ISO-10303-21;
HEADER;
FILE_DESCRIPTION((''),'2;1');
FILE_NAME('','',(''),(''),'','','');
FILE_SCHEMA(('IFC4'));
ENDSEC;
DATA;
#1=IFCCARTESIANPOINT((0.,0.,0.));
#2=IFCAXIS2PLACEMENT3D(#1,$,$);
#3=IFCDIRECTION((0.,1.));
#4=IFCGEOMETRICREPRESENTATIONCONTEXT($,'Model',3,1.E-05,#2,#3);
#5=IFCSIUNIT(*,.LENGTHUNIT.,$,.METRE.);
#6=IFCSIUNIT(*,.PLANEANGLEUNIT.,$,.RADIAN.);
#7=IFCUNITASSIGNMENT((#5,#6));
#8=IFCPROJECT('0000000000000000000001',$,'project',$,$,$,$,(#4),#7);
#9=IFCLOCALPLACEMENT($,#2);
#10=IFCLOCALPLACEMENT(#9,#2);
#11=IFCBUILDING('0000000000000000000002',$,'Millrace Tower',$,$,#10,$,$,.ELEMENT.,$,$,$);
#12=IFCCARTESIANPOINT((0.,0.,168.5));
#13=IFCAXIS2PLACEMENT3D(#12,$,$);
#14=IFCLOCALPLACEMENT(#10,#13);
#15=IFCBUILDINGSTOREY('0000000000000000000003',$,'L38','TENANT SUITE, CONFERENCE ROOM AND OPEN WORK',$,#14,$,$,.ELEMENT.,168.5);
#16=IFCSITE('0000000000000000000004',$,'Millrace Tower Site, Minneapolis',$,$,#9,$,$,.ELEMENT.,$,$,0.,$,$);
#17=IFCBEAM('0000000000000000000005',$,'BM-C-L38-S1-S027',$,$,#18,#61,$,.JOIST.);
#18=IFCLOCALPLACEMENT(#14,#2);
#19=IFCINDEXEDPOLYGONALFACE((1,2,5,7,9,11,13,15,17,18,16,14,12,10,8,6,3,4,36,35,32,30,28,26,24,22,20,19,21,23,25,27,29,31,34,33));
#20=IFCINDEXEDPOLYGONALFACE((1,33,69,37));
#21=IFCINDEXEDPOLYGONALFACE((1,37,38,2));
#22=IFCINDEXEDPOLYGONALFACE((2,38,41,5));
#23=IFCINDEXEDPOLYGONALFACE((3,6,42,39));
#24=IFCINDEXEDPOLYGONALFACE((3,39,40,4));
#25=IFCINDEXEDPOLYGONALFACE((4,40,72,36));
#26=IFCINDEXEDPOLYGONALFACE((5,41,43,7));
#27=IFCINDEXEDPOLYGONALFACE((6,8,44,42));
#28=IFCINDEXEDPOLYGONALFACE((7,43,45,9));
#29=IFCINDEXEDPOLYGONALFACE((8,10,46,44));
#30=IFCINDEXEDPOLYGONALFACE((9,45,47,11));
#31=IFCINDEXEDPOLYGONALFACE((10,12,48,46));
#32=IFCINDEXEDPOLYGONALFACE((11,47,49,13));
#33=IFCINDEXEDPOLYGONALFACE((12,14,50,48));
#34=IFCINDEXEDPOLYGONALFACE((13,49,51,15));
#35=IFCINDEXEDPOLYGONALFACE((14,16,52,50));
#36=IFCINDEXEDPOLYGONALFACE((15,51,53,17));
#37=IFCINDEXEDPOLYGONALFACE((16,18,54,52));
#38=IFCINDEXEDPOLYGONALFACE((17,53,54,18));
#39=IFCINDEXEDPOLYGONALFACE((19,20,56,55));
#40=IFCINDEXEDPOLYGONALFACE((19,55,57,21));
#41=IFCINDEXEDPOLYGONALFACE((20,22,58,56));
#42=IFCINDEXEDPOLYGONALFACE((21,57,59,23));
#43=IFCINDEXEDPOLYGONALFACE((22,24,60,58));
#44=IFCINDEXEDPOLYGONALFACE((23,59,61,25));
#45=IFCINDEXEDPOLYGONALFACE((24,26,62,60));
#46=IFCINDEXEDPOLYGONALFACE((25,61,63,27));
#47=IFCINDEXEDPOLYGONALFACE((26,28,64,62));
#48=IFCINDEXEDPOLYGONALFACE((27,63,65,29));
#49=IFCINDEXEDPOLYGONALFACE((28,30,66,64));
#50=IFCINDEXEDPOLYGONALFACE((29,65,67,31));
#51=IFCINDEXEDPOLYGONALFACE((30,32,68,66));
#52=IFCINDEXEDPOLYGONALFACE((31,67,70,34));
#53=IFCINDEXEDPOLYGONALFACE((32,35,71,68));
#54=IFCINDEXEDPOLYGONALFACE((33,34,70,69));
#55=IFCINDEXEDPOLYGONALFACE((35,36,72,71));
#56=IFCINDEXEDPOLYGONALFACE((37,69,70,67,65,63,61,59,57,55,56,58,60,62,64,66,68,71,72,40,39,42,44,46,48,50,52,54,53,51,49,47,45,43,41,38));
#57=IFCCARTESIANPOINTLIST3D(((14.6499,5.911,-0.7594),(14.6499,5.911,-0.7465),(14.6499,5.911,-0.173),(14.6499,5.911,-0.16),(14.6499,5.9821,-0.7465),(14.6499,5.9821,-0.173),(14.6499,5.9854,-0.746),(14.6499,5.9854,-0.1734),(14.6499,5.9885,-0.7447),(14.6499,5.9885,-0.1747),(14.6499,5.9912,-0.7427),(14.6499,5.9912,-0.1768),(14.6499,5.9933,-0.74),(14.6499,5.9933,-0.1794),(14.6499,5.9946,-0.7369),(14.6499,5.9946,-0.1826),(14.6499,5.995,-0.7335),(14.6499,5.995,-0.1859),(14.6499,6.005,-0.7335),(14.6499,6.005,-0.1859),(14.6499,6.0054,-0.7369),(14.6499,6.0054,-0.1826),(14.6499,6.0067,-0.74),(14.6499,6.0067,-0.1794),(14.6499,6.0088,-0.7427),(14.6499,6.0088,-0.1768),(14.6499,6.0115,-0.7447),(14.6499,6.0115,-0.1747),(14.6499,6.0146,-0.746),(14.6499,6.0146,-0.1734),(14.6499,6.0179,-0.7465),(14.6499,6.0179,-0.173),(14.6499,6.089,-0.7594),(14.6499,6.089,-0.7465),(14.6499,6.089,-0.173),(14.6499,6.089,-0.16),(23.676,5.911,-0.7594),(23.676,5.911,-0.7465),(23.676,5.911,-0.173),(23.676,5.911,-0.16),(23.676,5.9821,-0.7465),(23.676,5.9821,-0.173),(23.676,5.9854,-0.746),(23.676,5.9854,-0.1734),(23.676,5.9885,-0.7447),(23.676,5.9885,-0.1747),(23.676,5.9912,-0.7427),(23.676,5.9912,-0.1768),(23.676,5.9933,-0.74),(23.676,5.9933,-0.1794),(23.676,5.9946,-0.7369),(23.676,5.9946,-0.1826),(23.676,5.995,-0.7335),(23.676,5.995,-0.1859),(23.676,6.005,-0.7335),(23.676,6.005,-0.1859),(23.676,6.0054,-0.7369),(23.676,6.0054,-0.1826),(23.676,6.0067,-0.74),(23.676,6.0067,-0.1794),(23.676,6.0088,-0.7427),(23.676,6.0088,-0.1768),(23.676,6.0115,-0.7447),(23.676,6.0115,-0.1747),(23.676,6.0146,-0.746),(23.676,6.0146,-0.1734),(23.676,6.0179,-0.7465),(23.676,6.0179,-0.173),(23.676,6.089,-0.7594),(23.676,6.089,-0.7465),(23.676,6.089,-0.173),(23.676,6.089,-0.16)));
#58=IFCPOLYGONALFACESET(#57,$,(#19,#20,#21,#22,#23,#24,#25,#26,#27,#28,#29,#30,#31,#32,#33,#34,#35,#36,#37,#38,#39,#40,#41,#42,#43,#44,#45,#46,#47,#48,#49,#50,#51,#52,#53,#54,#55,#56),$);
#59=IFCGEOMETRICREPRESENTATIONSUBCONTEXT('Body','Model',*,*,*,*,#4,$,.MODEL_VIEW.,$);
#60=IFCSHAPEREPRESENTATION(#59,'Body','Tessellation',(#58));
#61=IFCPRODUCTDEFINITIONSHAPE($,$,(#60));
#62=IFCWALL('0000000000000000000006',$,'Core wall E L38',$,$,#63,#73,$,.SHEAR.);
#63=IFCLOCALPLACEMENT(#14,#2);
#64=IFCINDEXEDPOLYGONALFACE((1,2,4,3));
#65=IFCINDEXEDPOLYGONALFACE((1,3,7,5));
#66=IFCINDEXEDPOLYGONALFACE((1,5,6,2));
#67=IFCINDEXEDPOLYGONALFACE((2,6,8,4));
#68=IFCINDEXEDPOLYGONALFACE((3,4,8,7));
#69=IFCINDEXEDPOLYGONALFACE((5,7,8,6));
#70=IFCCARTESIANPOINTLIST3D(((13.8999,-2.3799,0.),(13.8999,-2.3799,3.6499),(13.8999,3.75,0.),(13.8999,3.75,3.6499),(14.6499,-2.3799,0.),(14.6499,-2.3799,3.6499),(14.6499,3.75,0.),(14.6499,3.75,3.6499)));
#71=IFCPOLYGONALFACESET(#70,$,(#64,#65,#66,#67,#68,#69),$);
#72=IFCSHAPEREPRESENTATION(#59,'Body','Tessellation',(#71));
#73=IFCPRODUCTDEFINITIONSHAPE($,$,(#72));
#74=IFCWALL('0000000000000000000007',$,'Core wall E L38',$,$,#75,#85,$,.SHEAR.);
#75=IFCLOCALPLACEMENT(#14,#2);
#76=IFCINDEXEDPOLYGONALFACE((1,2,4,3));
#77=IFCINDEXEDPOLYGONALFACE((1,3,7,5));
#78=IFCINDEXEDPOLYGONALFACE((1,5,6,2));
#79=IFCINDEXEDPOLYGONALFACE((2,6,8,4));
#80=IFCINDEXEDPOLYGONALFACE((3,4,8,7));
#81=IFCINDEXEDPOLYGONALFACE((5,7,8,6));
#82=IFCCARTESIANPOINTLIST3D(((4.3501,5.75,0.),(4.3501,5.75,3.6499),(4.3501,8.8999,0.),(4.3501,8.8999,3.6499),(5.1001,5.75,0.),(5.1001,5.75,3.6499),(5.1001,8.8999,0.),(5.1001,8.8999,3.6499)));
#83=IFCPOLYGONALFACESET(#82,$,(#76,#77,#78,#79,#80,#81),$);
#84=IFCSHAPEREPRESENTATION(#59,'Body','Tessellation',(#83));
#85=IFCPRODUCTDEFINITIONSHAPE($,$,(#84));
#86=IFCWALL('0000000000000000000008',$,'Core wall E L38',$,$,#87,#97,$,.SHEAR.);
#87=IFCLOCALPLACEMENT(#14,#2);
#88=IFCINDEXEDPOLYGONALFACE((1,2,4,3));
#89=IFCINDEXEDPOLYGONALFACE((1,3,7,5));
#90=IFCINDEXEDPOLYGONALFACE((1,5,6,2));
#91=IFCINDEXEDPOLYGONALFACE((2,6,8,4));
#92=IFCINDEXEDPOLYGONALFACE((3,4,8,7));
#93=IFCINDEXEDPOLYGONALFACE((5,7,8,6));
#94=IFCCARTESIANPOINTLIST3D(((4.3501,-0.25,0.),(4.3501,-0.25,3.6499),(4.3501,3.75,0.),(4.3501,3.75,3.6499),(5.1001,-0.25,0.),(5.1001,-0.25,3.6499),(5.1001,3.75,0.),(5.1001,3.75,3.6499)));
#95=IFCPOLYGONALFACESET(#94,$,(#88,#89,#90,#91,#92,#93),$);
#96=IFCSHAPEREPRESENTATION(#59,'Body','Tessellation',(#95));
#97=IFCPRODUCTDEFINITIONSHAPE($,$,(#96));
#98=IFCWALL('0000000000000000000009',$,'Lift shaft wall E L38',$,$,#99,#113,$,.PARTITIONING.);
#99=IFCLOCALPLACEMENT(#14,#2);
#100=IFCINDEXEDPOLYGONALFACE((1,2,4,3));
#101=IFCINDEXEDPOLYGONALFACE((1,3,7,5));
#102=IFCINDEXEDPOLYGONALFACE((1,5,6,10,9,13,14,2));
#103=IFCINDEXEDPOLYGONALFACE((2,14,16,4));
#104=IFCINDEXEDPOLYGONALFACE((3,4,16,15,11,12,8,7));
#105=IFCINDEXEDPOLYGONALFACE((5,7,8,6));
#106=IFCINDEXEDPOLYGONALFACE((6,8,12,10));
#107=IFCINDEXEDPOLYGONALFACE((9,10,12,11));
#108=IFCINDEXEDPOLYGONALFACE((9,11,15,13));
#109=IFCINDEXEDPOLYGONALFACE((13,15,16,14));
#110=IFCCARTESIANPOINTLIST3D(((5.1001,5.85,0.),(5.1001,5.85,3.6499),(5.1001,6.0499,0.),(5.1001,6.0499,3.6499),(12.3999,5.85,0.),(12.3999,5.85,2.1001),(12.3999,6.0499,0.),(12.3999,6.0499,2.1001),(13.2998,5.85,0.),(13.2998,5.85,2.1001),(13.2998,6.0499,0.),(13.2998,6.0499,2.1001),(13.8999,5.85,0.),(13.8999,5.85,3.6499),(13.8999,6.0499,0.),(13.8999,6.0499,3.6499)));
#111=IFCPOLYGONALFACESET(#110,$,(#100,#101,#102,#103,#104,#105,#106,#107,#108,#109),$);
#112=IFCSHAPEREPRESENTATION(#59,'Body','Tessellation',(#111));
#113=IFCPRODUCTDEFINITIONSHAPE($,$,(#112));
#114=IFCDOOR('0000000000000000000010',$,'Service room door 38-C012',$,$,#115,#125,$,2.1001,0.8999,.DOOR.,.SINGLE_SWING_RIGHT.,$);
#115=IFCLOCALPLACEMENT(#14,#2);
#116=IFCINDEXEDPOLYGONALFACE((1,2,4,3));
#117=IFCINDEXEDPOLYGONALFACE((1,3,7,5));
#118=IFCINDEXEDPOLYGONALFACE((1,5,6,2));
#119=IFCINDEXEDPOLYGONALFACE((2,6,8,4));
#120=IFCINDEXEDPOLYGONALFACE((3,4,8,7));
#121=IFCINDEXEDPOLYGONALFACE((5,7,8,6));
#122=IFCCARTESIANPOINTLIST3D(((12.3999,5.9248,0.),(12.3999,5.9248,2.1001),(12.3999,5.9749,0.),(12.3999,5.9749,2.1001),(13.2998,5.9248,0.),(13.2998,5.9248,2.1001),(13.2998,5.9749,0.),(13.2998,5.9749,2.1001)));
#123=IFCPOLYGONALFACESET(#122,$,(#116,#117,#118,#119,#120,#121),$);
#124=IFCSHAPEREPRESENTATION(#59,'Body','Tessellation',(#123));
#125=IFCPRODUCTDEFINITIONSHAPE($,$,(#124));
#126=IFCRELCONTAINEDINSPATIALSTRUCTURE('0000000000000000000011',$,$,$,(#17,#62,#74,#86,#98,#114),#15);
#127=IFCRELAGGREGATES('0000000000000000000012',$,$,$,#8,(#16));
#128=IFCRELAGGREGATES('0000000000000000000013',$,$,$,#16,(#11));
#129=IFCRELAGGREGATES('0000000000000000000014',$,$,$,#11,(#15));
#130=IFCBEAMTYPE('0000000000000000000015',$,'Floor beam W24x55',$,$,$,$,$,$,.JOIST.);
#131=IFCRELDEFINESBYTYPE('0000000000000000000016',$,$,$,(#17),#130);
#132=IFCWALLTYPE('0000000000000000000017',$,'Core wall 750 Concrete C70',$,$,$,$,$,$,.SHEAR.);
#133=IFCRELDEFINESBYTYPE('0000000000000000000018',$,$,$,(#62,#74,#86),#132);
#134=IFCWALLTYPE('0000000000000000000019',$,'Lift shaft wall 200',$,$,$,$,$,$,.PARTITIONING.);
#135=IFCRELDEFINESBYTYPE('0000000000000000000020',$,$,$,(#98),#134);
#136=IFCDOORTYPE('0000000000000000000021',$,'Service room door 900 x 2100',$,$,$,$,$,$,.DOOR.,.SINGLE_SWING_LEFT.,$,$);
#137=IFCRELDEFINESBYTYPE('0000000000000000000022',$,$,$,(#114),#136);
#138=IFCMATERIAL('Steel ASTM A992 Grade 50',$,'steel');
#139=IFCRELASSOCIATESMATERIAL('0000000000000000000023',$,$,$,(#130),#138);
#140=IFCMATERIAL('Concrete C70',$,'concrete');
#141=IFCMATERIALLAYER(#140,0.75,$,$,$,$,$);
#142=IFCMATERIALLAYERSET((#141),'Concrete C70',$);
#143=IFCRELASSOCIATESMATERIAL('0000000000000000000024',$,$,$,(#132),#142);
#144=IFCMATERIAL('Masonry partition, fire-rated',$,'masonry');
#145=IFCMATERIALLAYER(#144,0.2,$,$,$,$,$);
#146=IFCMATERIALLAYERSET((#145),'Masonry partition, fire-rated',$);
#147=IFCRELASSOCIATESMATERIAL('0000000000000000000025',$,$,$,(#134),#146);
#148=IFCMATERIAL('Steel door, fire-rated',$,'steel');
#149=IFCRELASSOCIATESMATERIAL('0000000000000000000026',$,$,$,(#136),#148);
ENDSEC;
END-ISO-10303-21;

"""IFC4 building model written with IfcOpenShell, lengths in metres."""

from ifc_helpers import new_model, si_unit, direction, frame, frame_2d, origin, origin_2d, place, context, subcontext, project, spatial, rectangle, i_section, extrude, material, layer, layer_set, material_profile, profile_set, type_object, element, fill, save


model = new_model("IFC4")

# Units and contexts
model_context = context("Model", 3, precision=1e-05, world=origin(), true_north=direction((0.0, 1.0)))
body_context = subcontext(model_context, "Body", "Model", "MODEL_VIEW")
ifc_project = project(units=[si_unit("LENGTHUNIT", "METRE"), si_unit("PLANEANGLEUNIT", "RADIAN")], contexts=[model_context])

# Site, building, storey
site_placement = place(None, origin())
site = spatial("IfcSite", under=ifc_project, at=site_placement, Name="Millrace Tower Site, Minneapolis", CompositionType="ELEMENT", RefElevation=0.0)
building_placement = place(site_placement, origin())
building = spatial("IfcBuilding", under=site, at=building_placement, Name="Millrace Tower", CompositionType="ELEMENT")
storey_placement = place(building_placement, frame((0.0, 0.0, 168.5)))
storey = spatial("IfcBuildingStorey", under=building, at=storey_placement, Name="L38", Description="TENANT SUITE, CONFERENCE ROOM AND OPEN WORK", CompositionType="ELEMENT", Elevation=168.5)

# Beam
ifc_material_1 = material(Name="Steel ASTM A992 Grade 50", Category="steel")
ifc_material_profile_1 = material_profile(ifc_material_1, i_section(OverallWidth=0.178, OverallDepth=0.5994, WebThickness=0.01, FlangeThickness=0.0129, FilletRadius=0.0129, at=origin_2d()))
ifc_profile_set_1 = profile_set([ifc_material_profile_1], Name="Steel ASTM A992 Grade 50")
beam_type_1 = type_object("IfcBeamType", Name="Floor beam W24x55", PredefinedType="JOIST", material=ifc_profile_set_1)
beam_1_placement = place(storey_placement, frame((14.6499, 6.0, -0.4597), z_axis=(1.0, 0.0, 0.0), x_axis=(0.0, 1.0, 0.0)))
element("IfcBeam", 1, at=beam_1_placement, inside=storey, type_object=beam_type_1, Name="BM-C-L38-S1-S027", PredefinedType="JOIST", context=body_context, shape_type="SweptSolid", body=[
    extrude(i_section(OverallWidth=0.178, OverallDepth=0.5994, WebThickness=0.01, FlangeThickness=0.0129, FilletRadius=0.0129, at=origin_2d()), origin(), (0.0, 0.0, 1.0), 9.0261),
])

# Walls
ifc_material_2 = material(Name="Concrete C70", Category="concrete")
ifc_layer_1 = layer(ifc_material_2, 0.75)
ifc_layer_set_1 = layer_set([ifc_layer_1], Name="Concrete C70")
wall_type_1 = type_object("IfcWallType", Name="Core wall 750 Concrete C70", PredefinedType="SHEAR", material=ifc_layer_set_1)
wall_1_placement = place(storey_placement, frame((14.2749, 3.75, 0.0), z_axis=(0.0, 0.0, 1.0), x_axis=(0.0, -1.0, 0.0)))
element("IfcWall", 2, at=wall_1_placement, inside=storey, type_object=wall_type_1, Name="Core wall E L38", PredefinedType="SHEAR", context=body_context, shape_type="SweptSolid", body=[
    extrude(rectangle(XDim=6.1299, YDim=0.75, at=frame_2d((3.0649, 0.0))), origin(), (0.0, 0.0, 1.0), 3.6499),
])
wall_2_placement = place(storey_placement, frame((4.7251, 8.8999, 0.0), z_axis=(0.0, 0.0, 1.0), x_axis=(0.0, -1.0, 0.0)))
element("IfcWall", 3, at=wall_2_placement, inside=storey, type_object=wall_type_1, Name="Core wall E L38", PredefinedType="SHEAR", context=body_context, shape_type="SweptSolid", body=[
    extrude(rectangle(XDim=3.1499, YDim=0.75, at=frame_2d((1.575, 0.0))), origin(), (0.0, 0.0, 1.0), 3.6499),
])
wall_3_placement = place(storey_placement, frame((4.7251, 3.75, 0.0), z_axis=(0.0, 0.0, 1.0), x_axis=(0.0, -1.0, 0.0)))
element("IfcWall", 4, at=wall_3_placement, inside=storey, type_object=wall_type_1, Name="Core wall E L38", PredefinedType="SHEAR", context=body_context, shape_type="SweptSolid", body=[
    extrude(rectangle(XDim=4.0, YDim=0.75, at=frame_2d((2.0, 0.0))), origin(), (0.0, 0.0, 1.0), 3.6499),
])

# Wall, opening, door
ifc_material_3 = material(Name="Masonry partition, fire-rated", Category="masonry")
ifc_layer_2 = layer(ifc_material_3, 0.2)
ifc_layer_set_2 = layer_set([ifc_layer_2], Name="Masonry partition, fire-rated")
wall_type_2 = type_object("IfcWallType", Name="Lift shaft wall 200", PredefinedType="PARTITIONING", material=ifc_layer_set_2)
wall_4_placement = place(storey_placement, frame((13.8999, 5.95, 0.0), z_axis=(0.0, 0.0, 1.0), x_axis=(-1.0, 0.0, 0.0)))
wall_4 = element("IfcWall", 5, at=wall_4_placement, inside=storey, type_object=wall_type_2, Name="Lift shaft wall E L38", PredefinedType="PARTITIONING", context=body_context, shape_type="SweptSolid", body=[
    extrude(rectangle(XDim=8.7998, YDim=0.2, at=frame_2d((4.3999, 0.0))), origin(), (0.0, 0.0, 1.0), 3.6499),
])
opening_1_placement = place(wall_4_placement, frame((0.6001, 0.0, 0.0)))
opening_1 = element("IfcOpeningElement", 6, at=opening_1_placement, cuts=wall_4, PredefinedType="OPENING", context=body_context, shape_type="SweptSolid", body=[
    extrude(rectangle(XDim=0.8999, YDim=2.1001, at=frame_2d((0.45, 1.05))), frame((0.0, 0.1099, 0.0), z_axis=(0.0, -1.0, 0.0), x_axis=(1.0, 0.0, 0.0)), (0.0, 0.0, 1.0), 0.22),
])
ifc_material_4 = material(Name="Steel door, fire-rated", Category="steel")
door_type_1 = type_object("IfcDoorType", Name="Service room door 900 x 2100", OperationType="SINGLE_SWING_LEFT", PredefinedType="DOOR", material=ifc_material_4)
door_1_placement = place(opening_1_placement, frame((0.8999, 0.0, 0.0), z_axis=(0.0, 0.0, 1.0), x_axis=(-1.0, 0.0, 0.0)))
door_1 = element("IfcDoor", 7, at=door_1_placement, inside=storey, type_object=door_type_1, Name="Service room door 38-C012", OperationType="SINGLE_SWING_RIGHT", OverallHeight=2.1001, OverallWidth=0.8999, PredefinedType="DOOR", context=body_context, shape_type="SweptSolid", body=[
    extrude(rectangle(XDim=0.8999, YDim=2.1001, at=frame_2d((0.45, 1.05))), frame((0.0, 0.0249, 0.0), z_axis=(0.0, -1.0, 0.0), x_axis=(1.0, 0.0, 0.0)), (0.0, 0.0, 1.0), 0.05),
])
fill(opening_1, door_1)

save(model, "model.ifc")
